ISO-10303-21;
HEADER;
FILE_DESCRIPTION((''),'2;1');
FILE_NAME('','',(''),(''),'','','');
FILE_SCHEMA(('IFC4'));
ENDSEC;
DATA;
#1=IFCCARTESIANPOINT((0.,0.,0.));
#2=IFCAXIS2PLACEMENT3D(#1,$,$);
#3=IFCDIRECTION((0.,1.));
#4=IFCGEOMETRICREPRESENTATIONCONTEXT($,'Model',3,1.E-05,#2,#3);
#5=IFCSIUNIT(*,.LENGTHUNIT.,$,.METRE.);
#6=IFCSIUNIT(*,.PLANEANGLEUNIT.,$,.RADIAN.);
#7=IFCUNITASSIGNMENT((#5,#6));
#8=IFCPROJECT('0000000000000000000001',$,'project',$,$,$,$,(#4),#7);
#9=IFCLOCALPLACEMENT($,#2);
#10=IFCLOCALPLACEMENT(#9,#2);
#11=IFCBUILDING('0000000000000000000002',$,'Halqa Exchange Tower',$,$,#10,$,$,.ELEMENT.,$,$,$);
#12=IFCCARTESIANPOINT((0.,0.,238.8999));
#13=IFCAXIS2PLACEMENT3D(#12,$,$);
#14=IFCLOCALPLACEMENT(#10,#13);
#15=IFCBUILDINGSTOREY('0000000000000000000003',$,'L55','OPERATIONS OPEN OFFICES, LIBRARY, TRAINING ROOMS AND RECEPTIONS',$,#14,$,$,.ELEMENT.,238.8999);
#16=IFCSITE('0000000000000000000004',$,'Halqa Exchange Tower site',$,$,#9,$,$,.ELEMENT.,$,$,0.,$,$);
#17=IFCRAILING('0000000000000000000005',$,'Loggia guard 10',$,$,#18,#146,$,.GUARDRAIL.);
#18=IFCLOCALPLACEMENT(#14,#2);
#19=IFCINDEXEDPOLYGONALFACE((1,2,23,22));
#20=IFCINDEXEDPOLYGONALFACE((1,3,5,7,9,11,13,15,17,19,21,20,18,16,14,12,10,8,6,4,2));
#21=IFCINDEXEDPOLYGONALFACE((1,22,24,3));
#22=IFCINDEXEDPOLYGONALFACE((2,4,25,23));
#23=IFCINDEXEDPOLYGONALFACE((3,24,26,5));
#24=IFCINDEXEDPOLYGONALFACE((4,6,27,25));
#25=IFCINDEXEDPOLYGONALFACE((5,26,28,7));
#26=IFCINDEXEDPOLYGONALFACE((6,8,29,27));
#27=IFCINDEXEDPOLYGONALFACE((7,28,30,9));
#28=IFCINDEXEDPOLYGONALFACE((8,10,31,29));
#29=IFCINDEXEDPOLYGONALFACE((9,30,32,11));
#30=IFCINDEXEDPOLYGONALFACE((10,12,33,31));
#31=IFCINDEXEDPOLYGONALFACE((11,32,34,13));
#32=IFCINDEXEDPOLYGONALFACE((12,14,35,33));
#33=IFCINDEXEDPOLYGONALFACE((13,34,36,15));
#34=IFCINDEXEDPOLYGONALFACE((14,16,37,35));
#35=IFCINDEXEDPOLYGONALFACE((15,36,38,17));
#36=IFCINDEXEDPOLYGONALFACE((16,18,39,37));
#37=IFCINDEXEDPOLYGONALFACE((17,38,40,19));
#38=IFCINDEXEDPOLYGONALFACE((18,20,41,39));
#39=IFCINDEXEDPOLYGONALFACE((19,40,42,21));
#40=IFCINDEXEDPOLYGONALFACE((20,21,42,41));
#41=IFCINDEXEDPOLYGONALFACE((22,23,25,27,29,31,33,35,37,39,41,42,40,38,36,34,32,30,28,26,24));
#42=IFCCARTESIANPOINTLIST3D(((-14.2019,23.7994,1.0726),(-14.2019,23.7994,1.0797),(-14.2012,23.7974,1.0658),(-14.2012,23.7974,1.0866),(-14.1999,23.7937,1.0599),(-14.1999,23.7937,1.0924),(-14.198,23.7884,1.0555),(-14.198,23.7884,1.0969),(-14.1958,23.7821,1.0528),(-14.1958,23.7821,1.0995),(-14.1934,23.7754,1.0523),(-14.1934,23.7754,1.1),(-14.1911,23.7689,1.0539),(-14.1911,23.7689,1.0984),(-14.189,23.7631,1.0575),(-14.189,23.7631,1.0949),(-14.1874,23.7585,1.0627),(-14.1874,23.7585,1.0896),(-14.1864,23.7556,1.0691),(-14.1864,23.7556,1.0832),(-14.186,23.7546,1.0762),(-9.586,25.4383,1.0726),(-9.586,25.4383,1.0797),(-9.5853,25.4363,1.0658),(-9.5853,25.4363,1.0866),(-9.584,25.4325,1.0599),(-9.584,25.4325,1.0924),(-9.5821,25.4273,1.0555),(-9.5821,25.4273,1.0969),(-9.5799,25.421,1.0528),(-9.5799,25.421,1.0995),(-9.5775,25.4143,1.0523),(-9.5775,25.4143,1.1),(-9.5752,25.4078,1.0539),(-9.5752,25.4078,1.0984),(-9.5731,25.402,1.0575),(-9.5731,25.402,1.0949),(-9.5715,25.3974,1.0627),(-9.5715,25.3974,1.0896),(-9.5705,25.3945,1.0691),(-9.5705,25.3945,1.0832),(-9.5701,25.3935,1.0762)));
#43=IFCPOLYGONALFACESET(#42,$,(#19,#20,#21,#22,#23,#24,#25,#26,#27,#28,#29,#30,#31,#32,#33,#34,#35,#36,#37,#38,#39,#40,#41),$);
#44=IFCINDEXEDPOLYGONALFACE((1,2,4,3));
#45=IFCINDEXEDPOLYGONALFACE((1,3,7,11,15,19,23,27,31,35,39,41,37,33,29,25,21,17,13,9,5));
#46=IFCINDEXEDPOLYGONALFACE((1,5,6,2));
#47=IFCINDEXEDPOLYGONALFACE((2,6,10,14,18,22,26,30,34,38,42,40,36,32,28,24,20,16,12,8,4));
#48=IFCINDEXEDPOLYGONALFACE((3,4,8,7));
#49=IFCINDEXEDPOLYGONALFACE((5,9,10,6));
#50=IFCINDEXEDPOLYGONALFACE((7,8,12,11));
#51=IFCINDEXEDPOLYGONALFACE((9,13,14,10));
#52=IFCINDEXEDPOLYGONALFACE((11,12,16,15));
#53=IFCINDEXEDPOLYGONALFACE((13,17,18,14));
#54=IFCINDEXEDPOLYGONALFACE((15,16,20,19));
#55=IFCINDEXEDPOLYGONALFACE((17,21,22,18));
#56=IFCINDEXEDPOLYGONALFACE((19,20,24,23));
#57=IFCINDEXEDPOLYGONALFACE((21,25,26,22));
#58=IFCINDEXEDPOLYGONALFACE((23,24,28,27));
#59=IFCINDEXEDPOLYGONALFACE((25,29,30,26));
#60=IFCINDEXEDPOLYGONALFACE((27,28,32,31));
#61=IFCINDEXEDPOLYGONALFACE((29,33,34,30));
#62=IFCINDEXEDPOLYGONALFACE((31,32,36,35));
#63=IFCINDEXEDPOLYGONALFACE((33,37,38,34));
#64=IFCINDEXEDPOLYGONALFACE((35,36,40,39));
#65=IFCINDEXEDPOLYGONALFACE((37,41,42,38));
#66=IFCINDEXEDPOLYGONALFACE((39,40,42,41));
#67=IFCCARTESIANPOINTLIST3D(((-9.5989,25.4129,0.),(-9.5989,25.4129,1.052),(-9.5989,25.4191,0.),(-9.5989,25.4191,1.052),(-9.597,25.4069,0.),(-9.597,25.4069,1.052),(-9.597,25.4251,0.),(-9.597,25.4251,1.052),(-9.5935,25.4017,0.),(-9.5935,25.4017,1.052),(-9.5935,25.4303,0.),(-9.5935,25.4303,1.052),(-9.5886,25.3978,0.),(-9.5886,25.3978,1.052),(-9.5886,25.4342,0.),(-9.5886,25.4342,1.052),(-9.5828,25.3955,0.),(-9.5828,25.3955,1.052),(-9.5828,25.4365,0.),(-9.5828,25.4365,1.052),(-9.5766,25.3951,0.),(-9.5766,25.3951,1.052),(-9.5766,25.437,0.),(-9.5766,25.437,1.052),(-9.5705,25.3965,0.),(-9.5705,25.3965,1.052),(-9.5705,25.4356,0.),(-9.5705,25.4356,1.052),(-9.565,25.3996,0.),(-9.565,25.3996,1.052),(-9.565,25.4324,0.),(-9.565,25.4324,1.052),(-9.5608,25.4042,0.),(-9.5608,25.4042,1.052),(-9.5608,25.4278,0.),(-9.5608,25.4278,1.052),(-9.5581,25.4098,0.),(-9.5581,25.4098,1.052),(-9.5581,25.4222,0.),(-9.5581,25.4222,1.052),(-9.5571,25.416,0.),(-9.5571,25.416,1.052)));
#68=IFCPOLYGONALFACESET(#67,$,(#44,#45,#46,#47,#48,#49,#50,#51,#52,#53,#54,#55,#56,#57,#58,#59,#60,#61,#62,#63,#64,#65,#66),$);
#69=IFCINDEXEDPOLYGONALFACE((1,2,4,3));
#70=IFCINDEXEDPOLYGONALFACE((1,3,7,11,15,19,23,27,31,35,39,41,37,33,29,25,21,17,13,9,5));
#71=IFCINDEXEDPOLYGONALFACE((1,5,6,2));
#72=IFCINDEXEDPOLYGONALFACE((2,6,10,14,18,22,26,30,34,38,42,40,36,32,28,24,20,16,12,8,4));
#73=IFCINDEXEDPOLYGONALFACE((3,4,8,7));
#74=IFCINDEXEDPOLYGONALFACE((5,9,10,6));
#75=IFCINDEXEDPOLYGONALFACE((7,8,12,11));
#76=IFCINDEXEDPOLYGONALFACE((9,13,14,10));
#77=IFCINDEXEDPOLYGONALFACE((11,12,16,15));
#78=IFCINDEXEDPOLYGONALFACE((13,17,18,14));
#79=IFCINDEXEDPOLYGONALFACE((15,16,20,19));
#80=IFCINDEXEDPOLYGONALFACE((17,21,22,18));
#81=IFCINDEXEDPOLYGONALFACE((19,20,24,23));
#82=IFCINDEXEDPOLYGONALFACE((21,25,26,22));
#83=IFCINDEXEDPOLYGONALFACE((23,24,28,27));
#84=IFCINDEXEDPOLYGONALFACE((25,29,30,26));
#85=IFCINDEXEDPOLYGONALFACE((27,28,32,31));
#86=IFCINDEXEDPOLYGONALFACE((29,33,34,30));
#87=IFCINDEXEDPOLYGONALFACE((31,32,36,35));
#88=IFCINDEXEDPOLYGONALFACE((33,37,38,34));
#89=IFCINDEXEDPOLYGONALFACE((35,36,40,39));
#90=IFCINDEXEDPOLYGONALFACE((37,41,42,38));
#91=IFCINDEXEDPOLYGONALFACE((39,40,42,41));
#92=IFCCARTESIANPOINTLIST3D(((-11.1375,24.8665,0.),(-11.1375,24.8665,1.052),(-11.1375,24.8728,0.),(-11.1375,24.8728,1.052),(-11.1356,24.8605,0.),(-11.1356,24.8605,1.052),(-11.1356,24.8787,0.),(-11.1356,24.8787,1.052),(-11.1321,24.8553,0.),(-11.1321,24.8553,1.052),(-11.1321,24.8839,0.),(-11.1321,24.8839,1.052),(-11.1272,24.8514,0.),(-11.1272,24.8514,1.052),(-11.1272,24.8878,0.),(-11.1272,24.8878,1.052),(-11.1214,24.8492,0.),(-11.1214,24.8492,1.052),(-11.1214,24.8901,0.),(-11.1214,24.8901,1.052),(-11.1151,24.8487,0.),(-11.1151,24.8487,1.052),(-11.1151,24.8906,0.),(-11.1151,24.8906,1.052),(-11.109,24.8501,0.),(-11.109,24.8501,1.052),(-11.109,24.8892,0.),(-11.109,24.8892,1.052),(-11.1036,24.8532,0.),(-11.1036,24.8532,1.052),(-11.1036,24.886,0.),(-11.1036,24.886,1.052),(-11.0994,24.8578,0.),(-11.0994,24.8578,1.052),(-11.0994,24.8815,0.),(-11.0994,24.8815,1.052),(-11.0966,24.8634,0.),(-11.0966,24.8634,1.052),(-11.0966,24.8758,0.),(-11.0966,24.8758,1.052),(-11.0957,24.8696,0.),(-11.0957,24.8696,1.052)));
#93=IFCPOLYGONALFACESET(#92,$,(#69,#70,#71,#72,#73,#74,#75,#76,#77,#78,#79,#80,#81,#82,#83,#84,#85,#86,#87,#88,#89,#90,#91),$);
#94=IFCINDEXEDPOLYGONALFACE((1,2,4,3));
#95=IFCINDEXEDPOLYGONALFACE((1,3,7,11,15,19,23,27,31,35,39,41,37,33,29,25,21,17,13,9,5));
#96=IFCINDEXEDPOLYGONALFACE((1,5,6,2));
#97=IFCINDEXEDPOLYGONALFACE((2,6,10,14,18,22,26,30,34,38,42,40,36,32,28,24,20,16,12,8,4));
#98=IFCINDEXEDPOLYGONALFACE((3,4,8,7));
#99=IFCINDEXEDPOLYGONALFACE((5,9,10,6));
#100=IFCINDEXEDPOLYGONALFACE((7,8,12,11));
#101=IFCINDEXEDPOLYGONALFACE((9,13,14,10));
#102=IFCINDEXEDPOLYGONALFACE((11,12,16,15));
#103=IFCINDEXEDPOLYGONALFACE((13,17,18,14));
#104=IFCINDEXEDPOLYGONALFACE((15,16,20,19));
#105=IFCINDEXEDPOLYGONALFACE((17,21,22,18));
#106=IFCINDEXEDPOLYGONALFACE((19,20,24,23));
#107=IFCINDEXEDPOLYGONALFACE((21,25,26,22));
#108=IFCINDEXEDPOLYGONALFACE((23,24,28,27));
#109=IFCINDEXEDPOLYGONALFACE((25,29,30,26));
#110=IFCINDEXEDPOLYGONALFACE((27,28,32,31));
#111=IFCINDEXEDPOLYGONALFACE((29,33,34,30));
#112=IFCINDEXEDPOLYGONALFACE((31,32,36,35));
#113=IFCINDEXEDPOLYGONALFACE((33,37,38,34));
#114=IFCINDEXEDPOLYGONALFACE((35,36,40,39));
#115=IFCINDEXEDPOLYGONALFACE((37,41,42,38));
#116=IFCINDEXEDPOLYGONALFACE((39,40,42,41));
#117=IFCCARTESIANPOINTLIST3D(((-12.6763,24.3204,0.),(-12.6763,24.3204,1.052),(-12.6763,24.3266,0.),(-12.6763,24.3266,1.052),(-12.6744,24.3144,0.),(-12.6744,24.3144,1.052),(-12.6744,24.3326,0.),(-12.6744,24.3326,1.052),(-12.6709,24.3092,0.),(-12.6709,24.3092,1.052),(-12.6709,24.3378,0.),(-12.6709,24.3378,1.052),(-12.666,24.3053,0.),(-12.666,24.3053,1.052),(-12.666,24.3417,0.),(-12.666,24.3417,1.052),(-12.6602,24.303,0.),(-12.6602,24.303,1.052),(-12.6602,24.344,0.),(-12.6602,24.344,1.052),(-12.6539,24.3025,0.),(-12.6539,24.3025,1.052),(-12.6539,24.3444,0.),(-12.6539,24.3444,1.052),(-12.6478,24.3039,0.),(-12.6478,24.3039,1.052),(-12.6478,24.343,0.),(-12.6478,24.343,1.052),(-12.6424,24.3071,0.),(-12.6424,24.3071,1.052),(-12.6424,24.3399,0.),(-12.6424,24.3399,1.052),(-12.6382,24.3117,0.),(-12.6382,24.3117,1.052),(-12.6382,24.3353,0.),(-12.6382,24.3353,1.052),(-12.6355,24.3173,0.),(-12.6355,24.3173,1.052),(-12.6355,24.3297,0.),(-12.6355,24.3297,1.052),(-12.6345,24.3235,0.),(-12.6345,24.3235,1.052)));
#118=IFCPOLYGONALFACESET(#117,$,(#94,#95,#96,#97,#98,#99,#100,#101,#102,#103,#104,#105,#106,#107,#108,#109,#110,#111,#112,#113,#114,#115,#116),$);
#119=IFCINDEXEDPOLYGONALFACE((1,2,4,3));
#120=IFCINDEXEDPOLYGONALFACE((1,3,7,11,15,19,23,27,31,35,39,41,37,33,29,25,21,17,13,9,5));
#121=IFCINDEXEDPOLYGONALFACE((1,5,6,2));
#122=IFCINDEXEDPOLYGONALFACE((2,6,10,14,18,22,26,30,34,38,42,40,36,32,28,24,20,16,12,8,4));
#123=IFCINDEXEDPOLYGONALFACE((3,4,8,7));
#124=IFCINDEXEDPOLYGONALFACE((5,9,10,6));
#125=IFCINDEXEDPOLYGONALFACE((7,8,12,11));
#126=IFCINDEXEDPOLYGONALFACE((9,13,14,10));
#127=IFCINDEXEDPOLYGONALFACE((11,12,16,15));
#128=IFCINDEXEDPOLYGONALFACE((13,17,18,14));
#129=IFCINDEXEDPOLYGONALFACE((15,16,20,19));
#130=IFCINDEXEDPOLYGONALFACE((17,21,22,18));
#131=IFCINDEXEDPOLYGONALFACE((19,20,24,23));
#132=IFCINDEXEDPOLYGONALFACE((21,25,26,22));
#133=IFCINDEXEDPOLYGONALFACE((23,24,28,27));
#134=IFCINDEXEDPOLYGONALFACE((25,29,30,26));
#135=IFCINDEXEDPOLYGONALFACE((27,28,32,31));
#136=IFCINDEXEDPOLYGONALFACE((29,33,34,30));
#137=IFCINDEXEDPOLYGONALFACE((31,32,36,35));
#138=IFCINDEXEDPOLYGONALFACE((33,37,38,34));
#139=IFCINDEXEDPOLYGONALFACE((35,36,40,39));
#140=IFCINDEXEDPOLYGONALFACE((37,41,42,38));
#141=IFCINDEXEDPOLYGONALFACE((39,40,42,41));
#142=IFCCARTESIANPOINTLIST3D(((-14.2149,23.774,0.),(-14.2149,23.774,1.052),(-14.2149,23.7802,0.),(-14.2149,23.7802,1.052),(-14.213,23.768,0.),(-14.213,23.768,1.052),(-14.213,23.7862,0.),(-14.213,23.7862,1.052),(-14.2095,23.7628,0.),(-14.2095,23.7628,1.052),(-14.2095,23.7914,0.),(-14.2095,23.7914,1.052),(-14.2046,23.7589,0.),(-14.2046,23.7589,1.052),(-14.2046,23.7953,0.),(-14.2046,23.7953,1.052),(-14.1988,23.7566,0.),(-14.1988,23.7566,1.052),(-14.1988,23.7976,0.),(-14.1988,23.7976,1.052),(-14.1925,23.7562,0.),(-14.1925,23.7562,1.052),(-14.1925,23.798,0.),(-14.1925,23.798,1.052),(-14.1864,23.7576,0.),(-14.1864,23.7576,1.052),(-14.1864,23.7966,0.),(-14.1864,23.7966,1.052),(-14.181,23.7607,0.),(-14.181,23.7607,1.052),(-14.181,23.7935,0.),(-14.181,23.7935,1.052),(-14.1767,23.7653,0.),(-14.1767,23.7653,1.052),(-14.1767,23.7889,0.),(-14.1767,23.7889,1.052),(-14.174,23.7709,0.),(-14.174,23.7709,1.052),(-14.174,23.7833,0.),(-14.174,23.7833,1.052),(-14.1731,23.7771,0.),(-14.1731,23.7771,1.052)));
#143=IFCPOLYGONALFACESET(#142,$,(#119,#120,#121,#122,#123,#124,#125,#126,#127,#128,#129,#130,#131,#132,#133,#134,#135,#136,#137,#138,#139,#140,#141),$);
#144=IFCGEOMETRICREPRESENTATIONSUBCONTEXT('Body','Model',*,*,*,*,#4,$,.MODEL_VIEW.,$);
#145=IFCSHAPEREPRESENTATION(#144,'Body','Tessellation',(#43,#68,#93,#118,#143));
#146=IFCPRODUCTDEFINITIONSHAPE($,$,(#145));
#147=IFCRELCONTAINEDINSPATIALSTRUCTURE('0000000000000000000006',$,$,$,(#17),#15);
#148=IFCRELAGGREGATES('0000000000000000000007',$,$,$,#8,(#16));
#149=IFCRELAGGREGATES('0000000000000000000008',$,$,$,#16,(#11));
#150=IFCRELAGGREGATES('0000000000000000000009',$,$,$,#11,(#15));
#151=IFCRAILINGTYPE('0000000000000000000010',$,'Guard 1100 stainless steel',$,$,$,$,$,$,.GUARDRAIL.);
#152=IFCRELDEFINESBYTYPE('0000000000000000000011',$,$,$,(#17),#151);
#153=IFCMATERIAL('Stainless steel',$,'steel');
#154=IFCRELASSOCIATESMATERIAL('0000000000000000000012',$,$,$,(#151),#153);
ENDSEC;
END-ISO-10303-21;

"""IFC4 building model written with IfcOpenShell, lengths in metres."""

from ifc_helpers import new_model, si_unit, direction, frame, origin, origin_2d, place, context, subcontext, project, spatial, circle, extrude, material, type_object, element, save


model = new_model("IFC4")

# Units and contexts
model_context = context("Model", 3, precision=1e-05, world=origin(), true_north=direction((0.0, 1.0)))
body_context = subcontext(model_context, "Body", "Model", "MODEL_VIEW")
ifc_project = project(units=[si_unit("LENGTHUNIT", "METRE"), si_unit("PLANEANGLEUNIT", "RADIAN")], contexts=[model_context])

# Site, building, storey
site_placement = place(None, origin())
site = spatial("IfcSite", under=ifc_project, at=site_placement, Name="Halqa Exchange Tower site", CompositionType="ELEMENT", RefElevation=0.0)
building_placement = place(site_placement, origin())
building = spatial("IfcBuilding", under=site, at=building_placement, Name="Halqa Exchange Tower", CompositionType="ELEMENT")
storey_placement = place(building_placement, frame((0.0, 0.0, 238.8999)))
storey = spatial("IfcBuildingStorey", under=building, at=storey_placement, Name="L55", Description="OPERATIONS OPEN OFFICES, LIBRARY, TRAINING ROOMS AND RECEPTIONS", CompositionType="ELEMENT", Elevation=238.8999)

# Railing
ifc_material_1 = material(Name="Stainless steel", Category="steel")
railing_type_1 = type_object("IfcRailingType", Name="Guard 1100 stainless steel", PredefinedType="GUARDRAIL", material=ifc_material_1)
railing_1_placement = place(storey_placement, frame((-9.5781, 25.416, 0.0)))
element("IfcRailing", 1, at=railing_1_placement, inside=storey, type_object=railing_type_1, Name="Loggia guard 10", PredefinedType="GUARDRAIL", context=body_context, shape_type="SweptSolid", body=[
    extrude(circle(Radius=0.0239, at=origin_2d()), frame((0.0, 0.0, 1.0762), z_axis=(-0.942364, -0.33459, 0.0), x_axis=(0.33459, -0.942364, 0.0)), (0.0, 0.0, 1.0), 4.8982),
    extrude(circle(Radius=0.021, at=origin_2d()), origin(), (0.0, 0.0, 1.0), 1.052),
    extrude(circle(Radius=0.021, at=origin_2d()), frame((-1.5386, -0.5464, 0.0)), (0.0, 0.0, 1.0), 1.052),
    extrude(circle(Radius=0.021, at=origin_2d()), frame((-3.0774, -1.0925, 0.0)), (0.0, 0.0, 1.0), 1.052),
    extrude(circle(Radius=0.021, at=origin_2d()), frame((-4.616, -1.6389, 0.0)), (0.0, 0.0, 1.0), 1.052),
])

save(model, "model.ifc")
